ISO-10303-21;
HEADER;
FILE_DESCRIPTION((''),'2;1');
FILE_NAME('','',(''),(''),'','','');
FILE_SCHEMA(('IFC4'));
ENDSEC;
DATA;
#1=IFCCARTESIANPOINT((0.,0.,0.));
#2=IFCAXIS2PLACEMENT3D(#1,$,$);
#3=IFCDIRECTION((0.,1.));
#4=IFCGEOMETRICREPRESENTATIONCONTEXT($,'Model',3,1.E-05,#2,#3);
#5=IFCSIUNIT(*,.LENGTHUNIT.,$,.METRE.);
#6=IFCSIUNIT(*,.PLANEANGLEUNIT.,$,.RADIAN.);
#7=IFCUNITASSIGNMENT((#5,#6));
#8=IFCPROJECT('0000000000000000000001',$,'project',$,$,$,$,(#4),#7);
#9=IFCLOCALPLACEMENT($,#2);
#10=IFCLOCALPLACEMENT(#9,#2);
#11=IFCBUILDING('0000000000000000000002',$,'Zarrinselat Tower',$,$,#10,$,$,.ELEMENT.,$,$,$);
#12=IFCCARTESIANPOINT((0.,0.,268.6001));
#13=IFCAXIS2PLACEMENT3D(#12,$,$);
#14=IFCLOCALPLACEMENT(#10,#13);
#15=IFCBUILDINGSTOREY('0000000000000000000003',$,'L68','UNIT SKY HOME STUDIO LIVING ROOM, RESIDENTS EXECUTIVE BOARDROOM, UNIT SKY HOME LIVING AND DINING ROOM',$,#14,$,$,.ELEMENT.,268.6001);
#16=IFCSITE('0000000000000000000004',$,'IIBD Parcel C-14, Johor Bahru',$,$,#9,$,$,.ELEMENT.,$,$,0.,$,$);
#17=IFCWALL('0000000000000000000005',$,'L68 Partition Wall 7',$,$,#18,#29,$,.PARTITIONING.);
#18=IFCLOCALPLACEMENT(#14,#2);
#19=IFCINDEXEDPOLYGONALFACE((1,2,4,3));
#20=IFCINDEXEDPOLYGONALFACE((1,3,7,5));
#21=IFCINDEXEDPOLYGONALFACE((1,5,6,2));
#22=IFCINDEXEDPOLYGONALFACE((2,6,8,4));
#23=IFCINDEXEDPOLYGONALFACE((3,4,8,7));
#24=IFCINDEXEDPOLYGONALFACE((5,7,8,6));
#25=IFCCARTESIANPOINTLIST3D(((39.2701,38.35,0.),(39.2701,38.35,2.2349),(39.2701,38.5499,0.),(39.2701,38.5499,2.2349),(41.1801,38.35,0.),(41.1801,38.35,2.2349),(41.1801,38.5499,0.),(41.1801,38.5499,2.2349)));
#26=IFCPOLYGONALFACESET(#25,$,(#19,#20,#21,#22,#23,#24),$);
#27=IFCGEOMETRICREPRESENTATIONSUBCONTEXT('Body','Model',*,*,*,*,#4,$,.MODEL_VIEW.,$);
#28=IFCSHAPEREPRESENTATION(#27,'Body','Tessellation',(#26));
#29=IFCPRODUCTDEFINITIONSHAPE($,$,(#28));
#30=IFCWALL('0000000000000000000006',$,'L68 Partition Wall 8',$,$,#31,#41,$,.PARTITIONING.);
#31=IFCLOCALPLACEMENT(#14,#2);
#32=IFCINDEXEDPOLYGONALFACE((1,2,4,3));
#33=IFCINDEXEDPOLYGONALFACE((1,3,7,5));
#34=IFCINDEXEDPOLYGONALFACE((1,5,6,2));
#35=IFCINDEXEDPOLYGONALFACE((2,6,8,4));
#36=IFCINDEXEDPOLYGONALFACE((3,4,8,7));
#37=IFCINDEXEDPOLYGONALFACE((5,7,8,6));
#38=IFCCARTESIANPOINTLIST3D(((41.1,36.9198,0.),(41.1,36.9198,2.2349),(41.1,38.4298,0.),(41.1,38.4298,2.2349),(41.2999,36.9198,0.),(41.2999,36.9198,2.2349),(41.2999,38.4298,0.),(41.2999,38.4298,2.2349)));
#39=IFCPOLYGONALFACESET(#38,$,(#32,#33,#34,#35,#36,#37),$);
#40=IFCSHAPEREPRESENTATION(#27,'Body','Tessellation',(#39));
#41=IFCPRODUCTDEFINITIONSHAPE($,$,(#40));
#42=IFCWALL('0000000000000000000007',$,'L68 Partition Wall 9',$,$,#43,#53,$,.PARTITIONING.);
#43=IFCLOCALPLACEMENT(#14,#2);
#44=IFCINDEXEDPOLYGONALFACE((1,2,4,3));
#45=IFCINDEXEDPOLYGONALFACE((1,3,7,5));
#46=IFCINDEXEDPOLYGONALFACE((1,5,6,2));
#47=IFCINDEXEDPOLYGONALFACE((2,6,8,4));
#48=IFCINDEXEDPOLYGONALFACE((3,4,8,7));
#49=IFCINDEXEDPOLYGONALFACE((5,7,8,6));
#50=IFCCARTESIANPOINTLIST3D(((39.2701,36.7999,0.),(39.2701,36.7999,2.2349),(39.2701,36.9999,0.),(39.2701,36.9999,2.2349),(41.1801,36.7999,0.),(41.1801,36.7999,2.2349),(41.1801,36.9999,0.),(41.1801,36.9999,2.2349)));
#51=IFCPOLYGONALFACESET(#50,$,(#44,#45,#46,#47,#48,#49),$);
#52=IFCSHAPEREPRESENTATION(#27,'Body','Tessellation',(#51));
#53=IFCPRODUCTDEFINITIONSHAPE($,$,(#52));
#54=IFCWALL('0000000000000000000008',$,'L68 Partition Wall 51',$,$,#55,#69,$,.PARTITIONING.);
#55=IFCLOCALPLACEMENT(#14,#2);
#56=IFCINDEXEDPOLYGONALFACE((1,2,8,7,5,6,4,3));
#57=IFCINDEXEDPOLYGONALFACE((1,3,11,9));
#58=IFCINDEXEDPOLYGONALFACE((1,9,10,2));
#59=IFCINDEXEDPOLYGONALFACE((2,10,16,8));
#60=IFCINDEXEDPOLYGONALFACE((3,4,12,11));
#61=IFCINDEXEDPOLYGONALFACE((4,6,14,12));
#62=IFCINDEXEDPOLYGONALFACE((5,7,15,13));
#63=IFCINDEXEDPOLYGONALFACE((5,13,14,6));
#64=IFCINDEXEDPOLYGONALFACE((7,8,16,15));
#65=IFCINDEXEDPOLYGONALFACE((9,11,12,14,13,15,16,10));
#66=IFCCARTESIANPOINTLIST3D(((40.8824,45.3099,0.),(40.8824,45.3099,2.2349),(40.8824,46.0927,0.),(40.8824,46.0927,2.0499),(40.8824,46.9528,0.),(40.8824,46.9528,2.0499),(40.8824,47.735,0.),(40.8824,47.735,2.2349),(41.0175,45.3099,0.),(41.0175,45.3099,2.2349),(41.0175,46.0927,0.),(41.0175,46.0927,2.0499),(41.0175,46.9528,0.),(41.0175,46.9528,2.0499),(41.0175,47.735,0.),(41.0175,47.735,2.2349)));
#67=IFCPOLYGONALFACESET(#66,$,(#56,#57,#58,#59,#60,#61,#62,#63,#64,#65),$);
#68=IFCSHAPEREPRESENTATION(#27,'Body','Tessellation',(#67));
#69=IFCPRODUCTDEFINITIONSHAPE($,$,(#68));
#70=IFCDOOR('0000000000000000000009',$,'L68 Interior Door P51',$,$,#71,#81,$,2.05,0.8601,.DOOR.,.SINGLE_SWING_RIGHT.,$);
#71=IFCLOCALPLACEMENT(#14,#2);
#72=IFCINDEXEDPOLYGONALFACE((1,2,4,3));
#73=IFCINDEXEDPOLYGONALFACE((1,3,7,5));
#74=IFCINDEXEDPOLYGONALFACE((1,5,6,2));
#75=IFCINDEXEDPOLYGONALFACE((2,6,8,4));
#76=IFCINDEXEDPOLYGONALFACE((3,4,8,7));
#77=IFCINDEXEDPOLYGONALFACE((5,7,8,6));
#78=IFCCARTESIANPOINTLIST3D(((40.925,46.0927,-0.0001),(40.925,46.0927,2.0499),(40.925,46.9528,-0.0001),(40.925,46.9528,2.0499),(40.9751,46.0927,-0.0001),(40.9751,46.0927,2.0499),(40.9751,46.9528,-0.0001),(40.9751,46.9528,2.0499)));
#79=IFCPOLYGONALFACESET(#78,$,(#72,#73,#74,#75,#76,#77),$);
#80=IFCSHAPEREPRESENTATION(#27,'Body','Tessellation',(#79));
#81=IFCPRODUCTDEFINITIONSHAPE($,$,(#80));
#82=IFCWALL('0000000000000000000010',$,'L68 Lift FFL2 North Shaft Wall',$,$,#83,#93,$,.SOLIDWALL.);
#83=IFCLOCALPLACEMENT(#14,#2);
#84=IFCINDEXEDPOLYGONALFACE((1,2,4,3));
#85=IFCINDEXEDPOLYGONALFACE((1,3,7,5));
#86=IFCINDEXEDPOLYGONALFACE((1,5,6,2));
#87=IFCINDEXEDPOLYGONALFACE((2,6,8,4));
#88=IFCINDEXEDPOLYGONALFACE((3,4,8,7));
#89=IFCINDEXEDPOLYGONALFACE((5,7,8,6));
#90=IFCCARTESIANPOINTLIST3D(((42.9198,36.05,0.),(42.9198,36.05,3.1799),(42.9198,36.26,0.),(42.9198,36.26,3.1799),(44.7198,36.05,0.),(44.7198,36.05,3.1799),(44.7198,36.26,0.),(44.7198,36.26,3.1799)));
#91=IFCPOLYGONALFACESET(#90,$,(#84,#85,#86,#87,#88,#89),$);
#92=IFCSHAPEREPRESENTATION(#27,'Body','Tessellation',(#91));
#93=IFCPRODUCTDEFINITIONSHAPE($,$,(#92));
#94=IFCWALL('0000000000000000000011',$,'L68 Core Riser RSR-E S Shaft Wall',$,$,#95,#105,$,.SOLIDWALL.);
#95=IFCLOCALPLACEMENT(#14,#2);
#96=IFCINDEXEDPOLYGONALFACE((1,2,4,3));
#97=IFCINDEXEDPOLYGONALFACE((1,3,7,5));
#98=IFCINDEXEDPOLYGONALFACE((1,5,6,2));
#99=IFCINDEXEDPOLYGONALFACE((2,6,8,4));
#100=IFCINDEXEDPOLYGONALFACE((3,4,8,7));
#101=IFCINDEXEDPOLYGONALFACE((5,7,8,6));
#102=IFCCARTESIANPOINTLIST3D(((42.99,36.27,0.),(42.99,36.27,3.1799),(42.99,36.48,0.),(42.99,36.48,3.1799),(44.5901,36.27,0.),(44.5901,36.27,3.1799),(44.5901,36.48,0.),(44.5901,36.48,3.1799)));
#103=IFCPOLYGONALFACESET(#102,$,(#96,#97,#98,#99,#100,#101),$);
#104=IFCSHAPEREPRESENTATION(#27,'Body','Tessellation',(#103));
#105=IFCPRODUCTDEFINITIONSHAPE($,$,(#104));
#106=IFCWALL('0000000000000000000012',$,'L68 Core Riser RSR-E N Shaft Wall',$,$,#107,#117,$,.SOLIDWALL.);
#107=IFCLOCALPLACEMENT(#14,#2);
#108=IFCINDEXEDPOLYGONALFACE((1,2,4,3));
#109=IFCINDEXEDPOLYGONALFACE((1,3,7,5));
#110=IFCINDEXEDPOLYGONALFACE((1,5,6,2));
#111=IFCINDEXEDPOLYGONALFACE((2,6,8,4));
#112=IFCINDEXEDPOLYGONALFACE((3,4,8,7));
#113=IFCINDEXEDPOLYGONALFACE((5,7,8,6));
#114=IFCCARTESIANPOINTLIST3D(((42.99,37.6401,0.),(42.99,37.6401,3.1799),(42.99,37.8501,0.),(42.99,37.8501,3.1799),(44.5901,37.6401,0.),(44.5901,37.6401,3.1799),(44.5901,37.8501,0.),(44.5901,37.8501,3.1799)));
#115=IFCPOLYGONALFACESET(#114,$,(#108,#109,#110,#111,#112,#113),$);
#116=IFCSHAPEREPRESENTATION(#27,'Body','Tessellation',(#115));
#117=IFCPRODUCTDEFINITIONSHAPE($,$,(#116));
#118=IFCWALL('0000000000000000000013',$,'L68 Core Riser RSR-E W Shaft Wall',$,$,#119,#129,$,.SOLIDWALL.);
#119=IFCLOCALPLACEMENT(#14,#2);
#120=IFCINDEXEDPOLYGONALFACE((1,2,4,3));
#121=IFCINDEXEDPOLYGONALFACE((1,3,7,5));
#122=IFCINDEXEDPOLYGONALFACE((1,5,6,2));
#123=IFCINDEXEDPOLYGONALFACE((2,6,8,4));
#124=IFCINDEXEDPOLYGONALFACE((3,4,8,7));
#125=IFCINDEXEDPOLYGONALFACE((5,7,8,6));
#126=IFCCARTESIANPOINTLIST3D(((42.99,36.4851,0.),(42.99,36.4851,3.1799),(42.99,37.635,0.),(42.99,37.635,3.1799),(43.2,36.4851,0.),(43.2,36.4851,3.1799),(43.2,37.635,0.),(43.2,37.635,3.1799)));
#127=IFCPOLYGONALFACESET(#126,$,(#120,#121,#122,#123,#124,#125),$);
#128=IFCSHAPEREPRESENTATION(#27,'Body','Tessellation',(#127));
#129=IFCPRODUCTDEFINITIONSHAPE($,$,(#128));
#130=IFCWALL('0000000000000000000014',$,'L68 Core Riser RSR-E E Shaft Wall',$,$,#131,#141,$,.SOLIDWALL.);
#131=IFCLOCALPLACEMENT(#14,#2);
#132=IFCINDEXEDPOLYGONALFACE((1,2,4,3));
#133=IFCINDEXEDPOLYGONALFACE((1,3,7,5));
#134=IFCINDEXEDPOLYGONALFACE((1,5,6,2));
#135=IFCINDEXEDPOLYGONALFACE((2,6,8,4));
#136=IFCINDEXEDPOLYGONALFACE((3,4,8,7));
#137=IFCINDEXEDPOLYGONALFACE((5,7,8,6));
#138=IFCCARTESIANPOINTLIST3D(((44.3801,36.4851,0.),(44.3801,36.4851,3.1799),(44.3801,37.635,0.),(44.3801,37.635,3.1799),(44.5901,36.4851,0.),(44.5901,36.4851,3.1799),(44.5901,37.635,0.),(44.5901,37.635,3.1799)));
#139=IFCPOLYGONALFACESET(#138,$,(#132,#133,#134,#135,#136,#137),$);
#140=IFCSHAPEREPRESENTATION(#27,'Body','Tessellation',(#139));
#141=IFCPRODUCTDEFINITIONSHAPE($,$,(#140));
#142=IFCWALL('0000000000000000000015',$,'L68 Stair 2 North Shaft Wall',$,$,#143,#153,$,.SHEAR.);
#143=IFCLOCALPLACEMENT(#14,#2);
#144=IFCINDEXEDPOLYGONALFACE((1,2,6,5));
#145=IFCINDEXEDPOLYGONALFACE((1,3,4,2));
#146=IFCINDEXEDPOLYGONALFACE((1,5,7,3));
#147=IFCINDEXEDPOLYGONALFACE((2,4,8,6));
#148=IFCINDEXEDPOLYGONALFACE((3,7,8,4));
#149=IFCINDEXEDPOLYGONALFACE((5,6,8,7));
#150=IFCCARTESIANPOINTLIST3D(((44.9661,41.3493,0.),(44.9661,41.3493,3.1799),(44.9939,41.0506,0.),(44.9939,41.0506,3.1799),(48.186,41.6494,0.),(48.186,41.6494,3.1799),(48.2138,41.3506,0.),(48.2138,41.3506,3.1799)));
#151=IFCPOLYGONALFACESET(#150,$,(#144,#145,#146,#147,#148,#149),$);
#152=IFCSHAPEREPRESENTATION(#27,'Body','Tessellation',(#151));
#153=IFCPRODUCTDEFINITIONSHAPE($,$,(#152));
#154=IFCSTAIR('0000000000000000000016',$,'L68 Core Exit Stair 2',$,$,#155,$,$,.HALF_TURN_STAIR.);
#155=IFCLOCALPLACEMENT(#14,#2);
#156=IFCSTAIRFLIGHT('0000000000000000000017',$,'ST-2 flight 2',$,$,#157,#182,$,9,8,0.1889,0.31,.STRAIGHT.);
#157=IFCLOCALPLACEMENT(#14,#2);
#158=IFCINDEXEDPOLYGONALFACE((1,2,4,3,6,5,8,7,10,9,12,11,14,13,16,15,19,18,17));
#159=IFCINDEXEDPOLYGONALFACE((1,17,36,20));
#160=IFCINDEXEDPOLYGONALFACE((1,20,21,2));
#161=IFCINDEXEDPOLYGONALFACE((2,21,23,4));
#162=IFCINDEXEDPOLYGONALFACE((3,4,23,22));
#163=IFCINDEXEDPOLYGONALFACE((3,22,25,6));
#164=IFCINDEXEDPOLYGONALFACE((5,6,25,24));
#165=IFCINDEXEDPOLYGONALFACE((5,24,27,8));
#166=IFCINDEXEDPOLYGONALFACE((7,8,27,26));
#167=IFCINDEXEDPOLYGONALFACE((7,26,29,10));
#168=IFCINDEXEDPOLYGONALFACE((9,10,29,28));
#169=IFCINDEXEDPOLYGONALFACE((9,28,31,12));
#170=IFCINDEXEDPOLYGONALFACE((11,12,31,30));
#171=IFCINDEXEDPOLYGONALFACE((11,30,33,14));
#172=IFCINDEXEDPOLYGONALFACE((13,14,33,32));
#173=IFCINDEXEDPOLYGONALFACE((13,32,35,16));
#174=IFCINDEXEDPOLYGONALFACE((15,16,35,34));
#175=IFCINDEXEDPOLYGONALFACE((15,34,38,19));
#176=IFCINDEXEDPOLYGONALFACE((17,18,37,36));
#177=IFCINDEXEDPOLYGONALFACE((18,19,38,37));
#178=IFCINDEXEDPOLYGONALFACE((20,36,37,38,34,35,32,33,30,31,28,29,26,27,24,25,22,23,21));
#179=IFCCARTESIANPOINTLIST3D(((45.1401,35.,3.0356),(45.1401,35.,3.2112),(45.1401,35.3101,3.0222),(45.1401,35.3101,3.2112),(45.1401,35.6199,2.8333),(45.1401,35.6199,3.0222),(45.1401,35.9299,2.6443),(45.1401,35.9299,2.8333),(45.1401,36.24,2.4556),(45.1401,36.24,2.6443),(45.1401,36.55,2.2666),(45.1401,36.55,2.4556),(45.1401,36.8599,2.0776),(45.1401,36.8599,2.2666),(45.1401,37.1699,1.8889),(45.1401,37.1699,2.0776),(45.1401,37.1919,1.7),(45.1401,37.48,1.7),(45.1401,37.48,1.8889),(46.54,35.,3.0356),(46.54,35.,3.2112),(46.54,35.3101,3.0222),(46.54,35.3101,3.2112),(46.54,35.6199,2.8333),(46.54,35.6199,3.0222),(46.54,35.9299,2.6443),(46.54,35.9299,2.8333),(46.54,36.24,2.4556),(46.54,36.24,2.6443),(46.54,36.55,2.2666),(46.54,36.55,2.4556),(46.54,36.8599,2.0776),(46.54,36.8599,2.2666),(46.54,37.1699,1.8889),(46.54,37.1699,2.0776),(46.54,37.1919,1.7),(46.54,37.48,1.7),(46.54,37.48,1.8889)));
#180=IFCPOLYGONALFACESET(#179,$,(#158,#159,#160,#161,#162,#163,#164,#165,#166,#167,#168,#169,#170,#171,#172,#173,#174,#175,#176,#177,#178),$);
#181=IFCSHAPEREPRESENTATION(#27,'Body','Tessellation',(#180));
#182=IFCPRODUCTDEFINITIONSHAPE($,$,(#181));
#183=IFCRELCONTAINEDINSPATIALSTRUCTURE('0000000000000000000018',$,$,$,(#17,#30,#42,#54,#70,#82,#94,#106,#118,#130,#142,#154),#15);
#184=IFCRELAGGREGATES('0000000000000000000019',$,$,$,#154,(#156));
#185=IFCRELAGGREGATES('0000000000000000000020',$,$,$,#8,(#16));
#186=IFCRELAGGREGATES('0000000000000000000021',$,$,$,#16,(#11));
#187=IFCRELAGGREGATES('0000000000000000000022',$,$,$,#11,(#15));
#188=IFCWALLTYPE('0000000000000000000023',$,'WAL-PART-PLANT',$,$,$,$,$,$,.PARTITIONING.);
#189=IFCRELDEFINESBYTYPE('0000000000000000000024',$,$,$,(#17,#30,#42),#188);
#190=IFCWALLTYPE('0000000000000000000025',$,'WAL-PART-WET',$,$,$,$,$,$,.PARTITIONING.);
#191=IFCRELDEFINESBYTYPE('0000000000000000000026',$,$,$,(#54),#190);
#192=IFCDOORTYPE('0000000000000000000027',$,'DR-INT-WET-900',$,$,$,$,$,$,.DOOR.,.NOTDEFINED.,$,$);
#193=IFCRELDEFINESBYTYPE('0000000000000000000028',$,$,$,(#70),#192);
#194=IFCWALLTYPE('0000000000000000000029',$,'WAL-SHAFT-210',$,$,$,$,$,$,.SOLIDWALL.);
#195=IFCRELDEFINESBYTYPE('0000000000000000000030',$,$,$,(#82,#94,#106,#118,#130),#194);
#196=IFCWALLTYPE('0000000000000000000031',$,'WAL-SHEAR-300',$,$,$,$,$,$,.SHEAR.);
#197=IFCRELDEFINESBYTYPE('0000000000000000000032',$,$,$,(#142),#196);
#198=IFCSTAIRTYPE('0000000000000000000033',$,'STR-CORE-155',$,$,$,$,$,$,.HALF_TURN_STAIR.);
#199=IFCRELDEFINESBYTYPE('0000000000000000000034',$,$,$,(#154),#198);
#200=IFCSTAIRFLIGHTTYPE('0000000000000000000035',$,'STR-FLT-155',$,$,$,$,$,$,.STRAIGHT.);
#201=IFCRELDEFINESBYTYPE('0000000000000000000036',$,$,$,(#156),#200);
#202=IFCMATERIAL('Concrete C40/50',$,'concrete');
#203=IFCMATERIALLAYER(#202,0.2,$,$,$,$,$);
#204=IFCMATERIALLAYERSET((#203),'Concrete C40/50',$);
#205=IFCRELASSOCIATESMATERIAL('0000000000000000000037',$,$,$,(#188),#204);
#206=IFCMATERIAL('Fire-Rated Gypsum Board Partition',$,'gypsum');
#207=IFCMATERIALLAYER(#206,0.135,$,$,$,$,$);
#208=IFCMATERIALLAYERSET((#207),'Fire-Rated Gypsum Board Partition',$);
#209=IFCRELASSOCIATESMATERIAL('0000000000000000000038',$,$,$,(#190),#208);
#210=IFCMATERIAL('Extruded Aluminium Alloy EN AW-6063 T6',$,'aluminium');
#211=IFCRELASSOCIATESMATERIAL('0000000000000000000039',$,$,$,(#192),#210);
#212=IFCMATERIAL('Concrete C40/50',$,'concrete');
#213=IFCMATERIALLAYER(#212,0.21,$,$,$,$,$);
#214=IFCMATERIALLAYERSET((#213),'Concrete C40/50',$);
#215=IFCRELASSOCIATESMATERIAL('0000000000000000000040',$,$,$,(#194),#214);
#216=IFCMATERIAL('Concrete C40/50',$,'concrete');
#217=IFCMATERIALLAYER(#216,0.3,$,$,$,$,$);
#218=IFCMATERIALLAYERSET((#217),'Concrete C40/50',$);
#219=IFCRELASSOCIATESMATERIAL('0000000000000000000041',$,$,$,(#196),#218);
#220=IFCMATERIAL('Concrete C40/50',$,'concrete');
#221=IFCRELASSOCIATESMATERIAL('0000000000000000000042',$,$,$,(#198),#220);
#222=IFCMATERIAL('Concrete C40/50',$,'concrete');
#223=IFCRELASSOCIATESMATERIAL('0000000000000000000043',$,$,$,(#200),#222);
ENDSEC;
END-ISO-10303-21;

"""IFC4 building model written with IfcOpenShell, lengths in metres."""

from ifc_helpers import new_model, si_unit, direction, frame, frame_2d, origin, place, context, subcontext, project, spatial, polyline, rectangle, outline, extrude, material, layer, layer_set, type_object, element, fill, aggregate, save


model = new_model("IFC4")

# Units and contexts
model_context = context("Model", 3, precision=1e-05, world=origin(), true_north=direction((0.0, 1.0)))
body_context = subcontext(model_context, "Body", "Model", "MODEL_VIEW")
ifc_project = project(units=[si_unit("LENGTHUNIT", "METRE"), si_unit("PLANEANGLEUNIT", "RADIAN")], contexts=[model_context])

# Site, building, storey
site_placement = place(None, origin())
site = spatial("IfcSite", under=ifc_project, at=site_placement, Name="IIBD Parcel C-14, Johor Bahru", CompositionType="ELEMENT", RefElevation=0.0)
building_placement = place(site_placement, origin())
building = spatial("IfcBuilding", under=site, at=building_placement, Name="Zarrinselat Tower", CompositionType="ELEMENT")
storey_placement = place(building_placement, frame((0.0, 0.0, 268.6001)))
storey = spatial("IfcBuildingStorey", under=building, at=storey_placement, Name="L68", Description="UNIT SKY HOME STUDIO LIVING ROOM, RESIDENTS EXECUTIVE BOARDROOM, UNIT SKY HOME LIVING AND DINING ROOM", CompositionType="ELEMENT", Elevation=268.6001)

# Shared definitions
ifc_material_1 = material(Name="Concrete C40/50", Category="concrete")
ifc_layer_1 = layer(ifc_material_1, 0.2)
ifc_layer_set_1 = layer_set([ifc_layer_1], Name="Concrete C40/50")
wall_type_1 = type_object("IfcWallType", Name="WAL-PART-PLANT", PredefinedType="PARTITIONING", material=ifc_layer_set_1)

# Walls
wall_1_placement = place(storey_placement, frame((39.27, 38.45, 0.0), z_axis=(0.0, 0.0, 1.0), x_axis=(1.0, 0.0, 0.0)))
element("IfcWall", 1, at=wall_1_placement, inside=storey, type_object=wall_type_1, Name="L68 Partition Wall 7", PredefinedType="PARTITIONING", context=body_context, shape_type="SweptSolid", body=[
    extrude(rectangle(XDim=1.9099, YDim=0.2, at=frame_2d((0.9551, 0.0))), origin(), (0.0, 0.0, 1.0), 2.2349),
])
wall_2_placement = place(storey_placement, frame((41.2, 36.9199, 0.0), z_axis=(0.0, 0.0, 1.0), x_axis=(0.0, 1.0, 0.0)))
element("IfcWall", 2, at=wall_2_placement, inside=storey, type_object=wall_type_1, Name="L68 Partition Wall 8", PredefinedType="PARTITIONING", context=body_context, shape_type="SweptSolid", body=[
    extrude(rectangle(XDim=1.51, YDim=0.2, at=frame_2d((0.7549, 0.0))), origin(), (0.0, 0.0, 1.0), 2.2349),
])
wall_3_placement = place(storey_placement, frame((39.27, 36.8999, 0.0), z_axis=(0.0, 0.0, 1.0), x_axis=(1.0, 0.0, 0.0)))
element("IfcWall", 3, at=wall_3_placement, inside=storey, type_object=wall_type_1, Name="L68 Partition Wall 9", PredefinedType="PARTITIONING", context=body_context, shape_type="SweptSolid", body=[
    extrude(rectangle(XDim=1.9099, YDim=0.2, at=frame_2d((0.9551, 0.0))), origin(), (0.0, 0.0, 1.0), 2.2349),
])

# Wall, opening, door
ifc_material_2 = material(Name="Fire-Rated Gypsum Board Partition", Category="gypsum")
ifc_layer_2 = layer(ifc_material_2, 0.135)
ifc_layer_set_2 = layer_set([ifc_layer_2], Name="Fire-Rated Gypsum Board Partition")
wall_type_2 = type_object("IfcWallType", Name="WAL-PART-WET", PredefinedType="PARTITIONING", material=ifc_layer_set_2)
wall_4_placement = place(storey_placement, frame((40.95, 45.3101, 0.0), z_axis=(0.0, 0.0, 1.0), x_axis=(0.0, 1.0, 0.0)))
wall_4 = element("IfcWall", 4, at=wall_4_placement, inside=storey, type_object=wall_type_2, Name="L68 Partition Wall 51", PredefinedType="PARTITIONING", context=body_context, shape_type="SweptSolid", body=[
    extrude(rectangle(XDim=2.425, YDim=0.135, at=frame_2d((1.2124, 0.0))), origin(), (0.0, 0.0, 1.0), 2.2349),
])
opening_1_placement = place(wall_4_placement, frame((0.7825, 0.0, 0.0)))
opening_1 = element("IfcOpeningElement", 5, at=opening_1_placement, cuts=wall_4, PredefinedType="OPENING", context=body_context, shape_type="SweptSolid", body=[
    extrude(rectangle(XDim=0.8601, YDim=2.05, at=frame_2d((0.4302, 1.0249))), frame((0.0, 0.0774, 0.0), z_axis=(0.0, -1.0, 0.0), x_axis=(1.0, 0.0, 0.0)), (0.0, 0.0, 1.0), 0.155),
])
ifc_material_3 = material(Name="Extruded Aluminium Alloy EN AW-6063 T6", Category="aluminium")
door_type_1 = type_object("IfcDoorType", Name="DR-INT-WET-900", OperationType="NOTDEFINED", PredefinedType="DOOR", material=ifc_material_3)
door_1_placement = place(opening_1_placement, origin())
door_1 = element("IfcDoor", 6, at=door_1_placement, inside=storey, type_object=door_type_1, Name="L68 Interior Door P51", OperationType="SINGLE_SWING_RIGHT", OverallHeight=2.05, OverallWidth=0.8601, PredefinedType="DOOR", context=body_context, shape_type="SweptSolid", body=[
    extrude(rectangle(XDim=0.8601, YDim=2.05, at=frame_2d((0.4302, 1.0249))), frame((0.0, 0.0249, 0.0), z_axis=(0.0, -1.0, 0.0), x_axis=(1.0, 0.0, 0.0)), (0.0, 0.0, 1.0), 0.05),
])
fill(opening_1, door_1)

# Walls
ifc_material_4 = material(Name="Concrete C40/50", Category="concrete")
ifc_layer_3 = layer(ifc_material_4, 0.21)
ifc_layer_set_3 = layer_set([ifc_layer_3], Name="Concrete C40/50")
wall_type_3 = type_object("IfcWallType", Name="WAL-SHAFT-210", PredefinedType="SOLIDWALL", material=ifc_layer_set_3)
wall_5_placement = place(storey_placement, frame((42.9199, 36.155, 0.0), z_axis=(0.0, 0.0, 1.0), x_axis=(1.0, 0.0, 0.0)))
element("IfcWall", 7, at=wall_5_placement, inside=storey, type_object=wall_type_3, Name="L68 Lift FFL2 North Shaft Wall", PredefinedType="SOLIDWALL", context=body_context, shape_type="SweptSolid", body=[
    extrude(rectangle(XDim=1.8, YDim=0.21, at=frame_2d((0.8999, 0.0))), origin(), (0.0, 0.0, 1.0), 3.1799),
])
for number, where, z_axis, x_axis, name in (
    (8, (42.99, 36.375, 0.0), (0.0, 0.0, 1.0), (1.0, 0.0, 0.0), "L68 Core Riser RSR-E S Shaft Wall"),
    (9, (42.99, 37.7451, 0.0), (0.0, 0.0, 1.0), (1.0, 0.0, 0.0), "L68 Core Riser RSR-E N Shaft Wall"),
):
    element("IfcWall", number, at=place(storey_placement, frame(where, z_axis=z_axis, x_axis=x_axis)), inside=storey, type_object=wall_type_3, Name=name, PredefinedType="SOLIDWALL", context=body_context, shape_type="SweptSolid", body=[
        extrude(rectangle(XDim=1.6001, YDim=0.21, at=frame_2d((0.8, 0.0))), origin(), (0.0, 0.0, 1.0), 3.1799),
    ])
for number, where, z_axis, x_axis, name in (
    (10, (43.095, 36.4851, 0.0), (0.0, 0.0, 1.0), (0.0, 1.0, 0.0), "L68 Core Riser RSR-E W Shaft Wall"),
    (11, (44.4851, 36.4851, 0.0), (0.0, 0.0, 1.0), (0.0, 1.0, 0.0), "L68 Core Riser RSR-E E Shaft Wall"),
):
    element("IfcWall", number, at=place(storey_placement, frame(where, z_axis=z_axis, x_axis=x_axis)), inside=storey, type_object=wall_type_3, Name=name, PredefinedType="SOLIDWALL", context=body_context, shape_type="SweptSolid", body=[
        extrude(rectangle(XDim=1.1499, YDim=0.21, at=frame_2d((0.575, 0.0))), origin(), (0.0, 0.0, 1.0), 3.1799),
    ])
ifc_material_5 = material(Name="Concrete C40/50", Category="concrete")
ifc_layer_4 = layer(ifc_material_5, 0.3)
ifc_layer_set_4 = layer_set([ifc_layer_4], Name="Concrete C40/50")
wall_type_4 = type_object("IfcWallType", Name="WAL-SHEAR-300", PredefinedType="SHEAR", material=ifc_layer_set_4)
wall_6_placement = place(storey_placement, frame((44.98, 41.2, 0.0), z_axis=(0.0, 0.0, 1.0), x_axis=(0.995686, 0.092782, 0.0)))
element("IfcWall", 12, at=wall_6_placement, inside=storey, type_object=wall_type_4, Name="L68 Stair 2 North Shaft Wall", PredefinedType="SHEAR", context=body_context, shape_type="SweptSolid", body=[
    extrude(rectangle(XDim=3.2339, YDim=0.3, at=frame_2d((1.6169, 0.0))), origin(), (0.0, 0.0, 1.0), 3.1799),
])

# Stair, stair flight
ifc_material_6 = material(Name="Concrete C40/50", Category="concrete")
stair_type = type_object("IfcStairType", Name="STR-CORE-155", PredefinedType="HALF_TURN_STAIR", material=ifc_material_6)
stair_placement = place(storey_placement, origin())
stair = element("IfcStair", 13, at=stair_placement, inside=storey, type_object=stair_type, Name="L68 Core Exit Stair 2", PredefinedType="HALF_TURN_STAIR")
ifc_material_7 = material(Name="Concrete C40/50", Category="concrete")
stair_flight_type = type_object("IfcStairFlightType", Name="STR-FLT-155", PredefinedType="STRAIGHT", material=ifc_material_7)
stair_flight_placement = place(storey_placement, frame((45.8401, 37.48, 1.7), z_axis=(0.0, 0.0, 1.0), x_axis=(0.0, -1.0, 0.0)))
stair_flight = element("IfcStairFlight", 14, at=stair_flight_placement, type_object=stair_flight_type, Name="ST-2 flight 2", NumberOfRisers=9, NumberOfTreads=8, PredefinedType="STRAIGHT", RiserHeight=0.1889, TreadLength=0.31, context=body_context, shape_type="SweptSolid", body=[
    extrude(outline(polyline([(0.0, 0.0), (0.0, 0.189), (0.3101, 0.189), (0.3101, 0.3777), (0.6201, 0.3777), (0.6201, 0.5667), (0.9299, 0.5667), (0.9299, 0.7556), (1.24, 0.7556), (1.24, 0.9443), (1.55, 0.9443), (1.55, 1.1333), (1.8601, 1.1333), (1.8601, 1.3223), (2.1699, 1.3223), (2.1699, 1.5112), (2.48, 1.5112), (2.48, 1.7), (2.48, 1.3357), (0.2881, 0.0), (0.0, 0.0)])), frame((0.0, 0.7, 0.0), z_axis=(0.0, -1.0, 0.0), x_axis=(1.0, 0.0, 0.0)), (0.0, 0.0, 1.0), 1.3999),
])
aggregate(stair, [stair_flight])

save(model, "model.ifc")
